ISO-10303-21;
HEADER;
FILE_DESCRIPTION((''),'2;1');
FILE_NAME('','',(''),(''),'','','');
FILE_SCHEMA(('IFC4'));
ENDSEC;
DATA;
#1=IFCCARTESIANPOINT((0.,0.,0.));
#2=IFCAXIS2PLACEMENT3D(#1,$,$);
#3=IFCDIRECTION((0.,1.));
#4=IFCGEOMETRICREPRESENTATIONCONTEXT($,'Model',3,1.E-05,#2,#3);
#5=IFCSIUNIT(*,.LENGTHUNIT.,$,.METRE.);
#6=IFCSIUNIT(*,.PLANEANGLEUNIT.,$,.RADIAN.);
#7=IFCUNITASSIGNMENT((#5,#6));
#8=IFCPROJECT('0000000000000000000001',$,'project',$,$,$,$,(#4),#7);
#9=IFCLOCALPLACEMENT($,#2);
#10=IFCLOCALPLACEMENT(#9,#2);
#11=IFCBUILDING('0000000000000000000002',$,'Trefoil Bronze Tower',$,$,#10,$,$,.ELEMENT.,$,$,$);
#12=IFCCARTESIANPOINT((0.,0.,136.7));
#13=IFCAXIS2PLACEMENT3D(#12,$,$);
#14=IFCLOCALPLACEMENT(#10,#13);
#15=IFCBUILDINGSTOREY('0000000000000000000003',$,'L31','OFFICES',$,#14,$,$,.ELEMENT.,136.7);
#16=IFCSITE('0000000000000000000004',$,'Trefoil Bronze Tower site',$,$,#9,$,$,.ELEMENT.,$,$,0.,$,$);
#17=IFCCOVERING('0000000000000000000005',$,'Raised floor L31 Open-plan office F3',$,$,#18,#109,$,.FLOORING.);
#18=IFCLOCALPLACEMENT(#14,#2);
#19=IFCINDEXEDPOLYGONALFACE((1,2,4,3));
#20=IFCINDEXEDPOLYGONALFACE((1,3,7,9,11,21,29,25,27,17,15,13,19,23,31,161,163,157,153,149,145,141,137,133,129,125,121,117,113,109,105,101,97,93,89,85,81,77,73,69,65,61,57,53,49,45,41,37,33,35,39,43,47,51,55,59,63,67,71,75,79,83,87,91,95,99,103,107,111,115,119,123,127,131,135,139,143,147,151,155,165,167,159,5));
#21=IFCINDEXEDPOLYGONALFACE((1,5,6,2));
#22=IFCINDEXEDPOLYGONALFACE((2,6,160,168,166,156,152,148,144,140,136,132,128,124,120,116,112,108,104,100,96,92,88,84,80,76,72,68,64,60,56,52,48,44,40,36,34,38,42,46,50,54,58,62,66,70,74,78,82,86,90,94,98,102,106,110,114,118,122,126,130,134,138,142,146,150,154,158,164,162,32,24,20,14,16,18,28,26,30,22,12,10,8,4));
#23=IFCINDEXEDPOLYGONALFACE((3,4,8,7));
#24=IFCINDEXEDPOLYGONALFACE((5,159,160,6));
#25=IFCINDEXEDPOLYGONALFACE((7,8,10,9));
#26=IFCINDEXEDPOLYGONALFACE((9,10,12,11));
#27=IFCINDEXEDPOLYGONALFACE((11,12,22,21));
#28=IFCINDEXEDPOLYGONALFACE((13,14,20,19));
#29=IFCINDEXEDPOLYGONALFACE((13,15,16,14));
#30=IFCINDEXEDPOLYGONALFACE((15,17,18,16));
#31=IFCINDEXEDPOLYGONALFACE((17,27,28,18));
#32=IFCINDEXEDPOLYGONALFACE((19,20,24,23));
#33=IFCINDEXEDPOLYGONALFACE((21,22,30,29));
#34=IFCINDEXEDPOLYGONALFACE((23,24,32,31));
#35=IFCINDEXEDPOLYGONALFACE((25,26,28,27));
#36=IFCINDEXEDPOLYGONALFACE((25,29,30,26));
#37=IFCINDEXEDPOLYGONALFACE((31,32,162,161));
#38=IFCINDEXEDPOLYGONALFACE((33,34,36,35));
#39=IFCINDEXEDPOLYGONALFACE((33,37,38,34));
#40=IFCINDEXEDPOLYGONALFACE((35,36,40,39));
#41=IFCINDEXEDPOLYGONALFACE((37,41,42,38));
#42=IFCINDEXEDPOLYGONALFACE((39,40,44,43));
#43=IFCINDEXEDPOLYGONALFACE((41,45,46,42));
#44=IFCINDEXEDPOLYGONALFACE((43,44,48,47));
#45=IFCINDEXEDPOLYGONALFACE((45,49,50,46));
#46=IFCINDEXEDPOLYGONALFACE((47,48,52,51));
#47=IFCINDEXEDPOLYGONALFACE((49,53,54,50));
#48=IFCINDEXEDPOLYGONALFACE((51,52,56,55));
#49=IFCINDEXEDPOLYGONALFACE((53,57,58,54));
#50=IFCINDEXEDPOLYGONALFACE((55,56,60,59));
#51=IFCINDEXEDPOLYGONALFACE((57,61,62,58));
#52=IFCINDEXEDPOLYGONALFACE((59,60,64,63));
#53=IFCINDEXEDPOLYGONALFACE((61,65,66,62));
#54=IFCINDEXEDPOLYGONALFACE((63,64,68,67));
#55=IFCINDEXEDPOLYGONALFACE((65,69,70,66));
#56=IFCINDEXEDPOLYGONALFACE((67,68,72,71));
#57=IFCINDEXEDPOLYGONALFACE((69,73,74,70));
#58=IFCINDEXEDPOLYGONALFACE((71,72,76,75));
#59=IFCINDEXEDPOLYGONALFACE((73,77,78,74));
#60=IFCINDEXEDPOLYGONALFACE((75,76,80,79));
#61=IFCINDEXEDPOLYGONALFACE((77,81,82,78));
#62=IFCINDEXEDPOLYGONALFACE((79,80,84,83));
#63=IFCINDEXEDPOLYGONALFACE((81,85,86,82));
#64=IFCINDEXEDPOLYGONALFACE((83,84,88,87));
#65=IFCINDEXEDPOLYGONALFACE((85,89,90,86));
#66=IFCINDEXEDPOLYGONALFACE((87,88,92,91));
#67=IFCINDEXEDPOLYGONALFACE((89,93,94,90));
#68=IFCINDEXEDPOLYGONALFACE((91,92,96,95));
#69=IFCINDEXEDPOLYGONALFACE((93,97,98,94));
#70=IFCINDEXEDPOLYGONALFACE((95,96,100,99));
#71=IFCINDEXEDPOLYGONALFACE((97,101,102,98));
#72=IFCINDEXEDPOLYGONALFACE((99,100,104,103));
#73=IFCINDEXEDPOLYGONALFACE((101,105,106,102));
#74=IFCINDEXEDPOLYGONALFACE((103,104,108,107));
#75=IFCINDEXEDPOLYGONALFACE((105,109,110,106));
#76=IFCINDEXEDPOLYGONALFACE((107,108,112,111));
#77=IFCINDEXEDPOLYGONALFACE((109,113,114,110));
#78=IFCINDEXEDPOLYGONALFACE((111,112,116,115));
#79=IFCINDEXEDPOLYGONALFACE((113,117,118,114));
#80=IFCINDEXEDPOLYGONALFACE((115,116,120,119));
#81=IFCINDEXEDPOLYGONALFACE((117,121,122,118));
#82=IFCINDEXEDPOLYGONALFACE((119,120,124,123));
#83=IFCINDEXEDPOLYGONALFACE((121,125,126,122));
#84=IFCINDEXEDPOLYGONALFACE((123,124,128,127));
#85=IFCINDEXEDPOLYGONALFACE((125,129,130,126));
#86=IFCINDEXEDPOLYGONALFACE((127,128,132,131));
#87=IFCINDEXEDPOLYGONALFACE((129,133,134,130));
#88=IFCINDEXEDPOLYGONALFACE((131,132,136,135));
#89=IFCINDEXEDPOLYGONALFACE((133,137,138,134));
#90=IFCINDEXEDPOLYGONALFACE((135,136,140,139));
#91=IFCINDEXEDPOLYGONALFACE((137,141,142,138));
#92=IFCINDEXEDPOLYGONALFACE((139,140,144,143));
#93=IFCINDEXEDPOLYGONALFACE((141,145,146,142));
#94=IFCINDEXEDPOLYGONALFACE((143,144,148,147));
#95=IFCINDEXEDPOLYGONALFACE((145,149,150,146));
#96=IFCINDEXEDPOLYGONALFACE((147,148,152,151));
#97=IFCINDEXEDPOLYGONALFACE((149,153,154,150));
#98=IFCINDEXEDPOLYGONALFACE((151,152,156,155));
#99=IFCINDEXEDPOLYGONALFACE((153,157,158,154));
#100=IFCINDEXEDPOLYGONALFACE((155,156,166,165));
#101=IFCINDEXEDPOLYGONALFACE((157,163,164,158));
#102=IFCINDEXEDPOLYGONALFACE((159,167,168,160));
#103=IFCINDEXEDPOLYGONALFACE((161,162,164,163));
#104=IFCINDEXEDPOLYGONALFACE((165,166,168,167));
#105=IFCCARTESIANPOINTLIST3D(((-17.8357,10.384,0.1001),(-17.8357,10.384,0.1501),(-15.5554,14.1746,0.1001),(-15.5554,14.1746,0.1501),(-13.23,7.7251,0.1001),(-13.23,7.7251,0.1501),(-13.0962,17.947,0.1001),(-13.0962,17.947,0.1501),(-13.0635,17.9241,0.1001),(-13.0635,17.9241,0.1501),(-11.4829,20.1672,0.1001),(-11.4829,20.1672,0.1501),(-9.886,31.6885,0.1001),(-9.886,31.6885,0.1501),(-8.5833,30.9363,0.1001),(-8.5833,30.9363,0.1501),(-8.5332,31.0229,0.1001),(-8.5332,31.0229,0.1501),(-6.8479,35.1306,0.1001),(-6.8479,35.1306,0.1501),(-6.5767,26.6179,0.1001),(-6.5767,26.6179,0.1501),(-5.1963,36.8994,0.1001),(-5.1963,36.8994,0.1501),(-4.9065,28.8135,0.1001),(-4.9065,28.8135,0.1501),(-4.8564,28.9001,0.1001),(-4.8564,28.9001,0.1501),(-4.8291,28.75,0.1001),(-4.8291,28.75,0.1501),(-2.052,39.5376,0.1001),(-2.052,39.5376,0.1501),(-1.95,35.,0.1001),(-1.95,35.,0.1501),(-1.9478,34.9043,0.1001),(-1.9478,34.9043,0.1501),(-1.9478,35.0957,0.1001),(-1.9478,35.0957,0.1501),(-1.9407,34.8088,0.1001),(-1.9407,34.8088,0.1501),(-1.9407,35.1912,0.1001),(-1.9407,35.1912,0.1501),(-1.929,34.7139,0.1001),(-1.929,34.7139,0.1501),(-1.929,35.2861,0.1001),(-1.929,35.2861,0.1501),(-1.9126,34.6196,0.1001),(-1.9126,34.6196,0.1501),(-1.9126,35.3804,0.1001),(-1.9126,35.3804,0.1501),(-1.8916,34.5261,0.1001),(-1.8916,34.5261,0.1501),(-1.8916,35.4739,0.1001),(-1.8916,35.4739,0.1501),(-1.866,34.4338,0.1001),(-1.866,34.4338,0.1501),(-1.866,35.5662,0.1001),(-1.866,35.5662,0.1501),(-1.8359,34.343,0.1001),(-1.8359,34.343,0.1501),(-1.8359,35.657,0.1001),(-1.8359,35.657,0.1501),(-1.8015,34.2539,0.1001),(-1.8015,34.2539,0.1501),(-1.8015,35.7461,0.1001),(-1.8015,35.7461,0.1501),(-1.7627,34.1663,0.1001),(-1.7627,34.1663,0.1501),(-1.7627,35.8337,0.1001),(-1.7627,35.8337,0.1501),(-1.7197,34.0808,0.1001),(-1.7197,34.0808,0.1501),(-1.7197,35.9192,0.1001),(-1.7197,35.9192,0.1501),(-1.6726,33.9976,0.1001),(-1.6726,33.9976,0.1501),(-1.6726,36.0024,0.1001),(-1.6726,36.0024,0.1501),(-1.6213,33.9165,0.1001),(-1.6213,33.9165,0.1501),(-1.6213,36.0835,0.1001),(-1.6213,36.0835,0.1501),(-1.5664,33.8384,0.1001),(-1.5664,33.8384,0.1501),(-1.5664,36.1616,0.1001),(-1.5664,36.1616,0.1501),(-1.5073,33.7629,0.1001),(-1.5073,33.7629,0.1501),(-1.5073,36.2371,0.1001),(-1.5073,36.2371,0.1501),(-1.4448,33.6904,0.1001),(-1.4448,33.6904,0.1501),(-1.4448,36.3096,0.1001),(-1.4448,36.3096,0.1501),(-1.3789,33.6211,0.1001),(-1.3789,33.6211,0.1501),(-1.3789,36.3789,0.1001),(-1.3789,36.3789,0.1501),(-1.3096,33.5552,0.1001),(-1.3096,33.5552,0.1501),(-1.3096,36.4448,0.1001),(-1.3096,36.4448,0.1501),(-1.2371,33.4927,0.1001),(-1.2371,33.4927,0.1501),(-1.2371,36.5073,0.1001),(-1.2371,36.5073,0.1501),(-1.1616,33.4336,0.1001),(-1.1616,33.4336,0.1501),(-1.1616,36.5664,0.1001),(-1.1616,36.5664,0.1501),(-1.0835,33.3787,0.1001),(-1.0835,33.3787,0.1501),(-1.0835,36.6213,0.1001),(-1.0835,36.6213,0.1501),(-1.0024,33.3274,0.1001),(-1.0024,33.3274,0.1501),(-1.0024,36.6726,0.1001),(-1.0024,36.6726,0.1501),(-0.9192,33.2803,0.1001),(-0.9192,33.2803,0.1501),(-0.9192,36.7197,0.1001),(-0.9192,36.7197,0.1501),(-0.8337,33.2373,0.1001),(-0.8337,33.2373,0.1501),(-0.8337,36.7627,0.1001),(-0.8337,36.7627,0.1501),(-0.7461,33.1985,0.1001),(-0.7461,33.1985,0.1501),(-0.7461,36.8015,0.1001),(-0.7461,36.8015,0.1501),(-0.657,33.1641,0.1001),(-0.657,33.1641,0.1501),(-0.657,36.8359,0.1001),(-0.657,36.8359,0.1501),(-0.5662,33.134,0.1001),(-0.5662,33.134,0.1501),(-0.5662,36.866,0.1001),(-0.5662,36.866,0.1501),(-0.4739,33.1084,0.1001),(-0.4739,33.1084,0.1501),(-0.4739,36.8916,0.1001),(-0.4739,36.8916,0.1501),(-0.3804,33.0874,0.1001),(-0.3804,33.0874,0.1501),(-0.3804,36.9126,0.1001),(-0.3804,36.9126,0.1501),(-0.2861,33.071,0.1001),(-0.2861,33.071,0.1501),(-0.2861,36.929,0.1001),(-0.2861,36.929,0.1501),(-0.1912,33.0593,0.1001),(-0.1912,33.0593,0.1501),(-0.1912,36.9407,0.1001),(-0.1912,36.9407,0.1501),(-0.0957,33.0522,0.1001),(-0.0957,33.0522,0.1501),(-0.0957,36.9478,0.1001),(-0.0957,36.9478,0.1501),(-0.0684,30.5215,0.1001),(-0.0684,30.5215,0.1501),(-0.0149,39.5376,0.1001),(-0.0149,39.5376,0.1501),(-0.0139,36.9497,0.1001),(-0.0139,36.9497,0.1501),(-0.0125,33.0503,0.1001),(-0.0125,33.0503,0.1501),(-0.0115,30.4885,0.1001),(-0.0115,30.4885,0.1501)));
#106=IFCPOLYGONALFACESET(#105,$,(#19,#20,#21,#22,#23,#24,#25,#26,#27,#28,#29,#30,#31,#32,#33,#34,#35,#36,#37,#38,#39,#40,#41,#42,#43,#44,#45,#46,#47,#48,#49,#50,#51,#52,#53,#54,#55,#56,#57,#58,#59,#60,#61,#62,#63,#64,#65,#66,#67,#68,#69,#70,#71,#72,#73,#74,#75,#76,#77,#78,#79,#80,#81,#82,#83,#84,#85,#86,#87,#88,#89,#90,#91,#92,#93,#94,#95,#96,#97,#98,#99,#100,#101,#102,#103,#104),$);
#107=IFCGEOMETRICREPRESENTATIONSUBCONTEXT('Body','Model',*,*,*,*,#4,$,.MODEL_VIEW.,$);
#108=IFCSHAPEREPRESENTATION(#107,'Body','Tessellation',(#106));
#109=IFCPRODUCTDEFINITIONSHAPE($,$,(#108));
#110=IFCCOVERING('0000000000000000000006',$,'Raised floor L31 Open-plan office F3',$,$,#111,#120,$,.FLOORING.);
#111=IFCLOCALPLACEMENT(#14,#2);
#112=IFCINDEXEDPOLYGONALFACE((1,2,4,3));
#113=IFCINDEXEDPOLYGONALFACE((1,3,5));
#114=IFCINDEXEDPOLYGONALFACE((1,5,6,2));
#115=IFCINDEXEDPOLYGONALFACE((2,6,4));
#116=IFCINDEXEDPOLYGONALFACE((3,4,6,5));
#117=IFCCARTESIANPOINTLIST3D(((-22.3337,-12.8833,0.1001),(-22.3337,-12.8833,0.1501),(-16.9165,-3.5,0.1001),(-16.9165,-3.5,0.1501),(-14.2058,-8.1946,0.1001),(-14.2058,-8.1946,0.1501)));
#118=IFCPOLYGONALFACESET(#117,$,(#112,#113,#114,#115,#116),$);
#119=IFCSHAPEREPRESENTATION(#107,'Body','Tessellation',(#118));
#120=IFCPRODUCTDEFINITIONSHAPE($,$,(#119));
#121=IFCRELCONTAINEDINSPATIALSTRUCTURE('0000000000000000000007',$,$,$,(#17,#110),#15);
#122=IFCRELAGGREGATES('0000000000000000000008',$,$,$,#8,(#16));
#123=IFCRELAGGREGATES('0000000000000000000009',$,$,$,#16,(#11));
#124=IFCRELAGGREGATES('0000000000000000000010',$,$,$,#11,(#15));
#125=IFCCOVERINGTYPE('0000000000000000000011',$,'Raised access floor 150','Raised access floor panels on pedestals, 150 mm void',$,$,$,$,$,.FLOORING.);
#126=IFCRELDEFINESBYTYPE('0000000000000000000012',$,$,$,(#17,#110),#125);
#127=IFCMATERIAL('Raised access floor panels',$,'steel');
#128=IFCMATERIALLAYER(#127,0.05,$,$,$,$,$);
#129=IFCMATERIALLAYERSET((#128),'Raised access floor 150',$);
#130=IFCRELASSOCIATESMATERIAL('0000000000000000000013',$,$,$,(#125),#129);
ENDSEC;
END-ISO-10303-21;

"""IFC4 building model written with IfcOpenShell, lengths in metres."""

from ifc_helpers import new_model, si_unit, direction, frame, origin, place, context, subcontext, project, spatial, polyline, outline, extrude, material, layer, layer_set, type_object, element, save


model = new_model("IFC4")

# Units and contexts
model_context = context("Model", 3, precision=1e-05, world=origin(), true_north=direction((0.0, 1.0)))
body_context = subcontext(model_context, "Body", "Model", "MODEL_VIEW")
ifc_project = project(units=[si_unit("LENGTHUNIT", "METRE"), si_unit("PLANEANGLEUNIT", "RADIAN")], contexts=[model_context])

# Site, building, storey
site_placement = place(None, origin())
site = spatial("IfcSite", under=ifc_project, at=site_placement, Name="Trefoil Bronze Tower site", CompositionType="ELEMENT", RefElevation=0.0)
building_placement = place(site_placement, origin())
building = spatial("IfcBuilding", under=site, at=building_placement, Name="Trefoil Bronze Tower", CompositionType="ELEMENT")
storey_placement = place(building_placement, frame((0.0, 0.0, 136.7)))
storey = spatial("IfcBuildingStorey", under=building, at=storey_placement, Name="L31", Description="OFFICES", CompositionType="ELEMENT", Elevation=136.7)

# Coverings
ifc_material_1 = material(Name="Raised access floor panels", Category="steel")
ifc_layer_1 = layer(ifc_material_1, 0.05)
ifc_layer_set_1 = layer_set([ifc_layer_1], Name="Raised access floor 150")
covering_type = type_object("IfcCoveringType", Name="Raised access floor 150", Description="Raised access floor panels on pedestals, 150 mm void", PredefinedType="FLOORING", material=ifc_layer_set_1)
covering_1_placement = place(storey_placement, frame((0.0, 0.0, 0.1001)))
element("IfcCovering", 1, at=covering_1_placement, inside=storey, type_object=covering_type, Name="Raised floor L31 Open-plan office F3", PredefinedType="FLOORING", context=body_context, shape_type="SweptSolid", body=[
    extrude(outline(polyline([(-6.8479, 35.1306), (-5.1963, 36.8994), (-2.052, 39.5376), (-0.0149, 39.5376), (-0.0139, 36.9497), (-0.0957, 36.9478), (-0.1912, 36.9407), (-0.2861, 36.929), (-0.3804, 36.9126), (-0.4739, 36.8916), (-0.5662, 36.866), (-0.657, 36.8359), (-0.7461, 36.8015), (-0.8337, 36.7627), (-0.9192, 36.7197), (-1.0024, 36.6726), (-1.0835, 36.6213), (-1.1616, 36.5664), (-1.2371, 36.5073), (-1.3096, 36.4448), (-1.3789, 36.3789), (-1.4448, 36.3096), (-1.5073, 36.2371), (-1.5664, 36.1616), (-1.6213, 36.0835), (-1.6726, 36.0024), (-1.7197, 35.9192), (-1.7627, 35.8337), (-1.8015, 35.7461), (-1.8359, 35.657), (-1.866, 35.5662), (-1.8916, 35.4739), (-1.9126, 35.3804), (-1.929, 35.2861), (-1.9407, 35.1912), (-1.9478, 35.0957), (-1.95, 35.0), (-1.9478, 34.9043), (-1.9407, 34.8088), (-1.929, 34.7139), (-1.9126, 34.6196), (-1.8916, 34.5261), (-1.866, 34.4338), (-1.8359, 34.343), (-1.8015, 34.2539), (-1.7627, 34.1663), (-1.7197, 34.0808), (-1.6726, 33.9976), (-1.6213, 33.9165), (-1.5664, 33.8384), (-1.5073, 33.7629), (-1.4448, 33.6904), (-1.3789, 33.6211), (-1.3096, 33.5552), (-1.2371, 33.4927), (-1.1616, 33.4336), (-1.0835, 33.3787), (-1.0024, 33.3274), (-0.9192, 33.2803), (-0.8337, 33.2373), (-0.7461, 33.1985), (-0.657, 33.1641), (-0.5662, 33.134), (-0.4739, 33.1084), (-0.3804, 33.0874), (-0.2861, 33.071), (-0.1912, 33.0593), (-0.0957, 33.0522), (-0.0125, 33.0503), (-0.0115, 30.4885), (-0.0684, 30.5215), (-13.23, 7.7251), (-17.8357, 10.384), (-15.5554, 14.1746), (-13.0962, 17.947), (-13.0635, 17.9241), (-11.4829, 20.1672), (-6.5767, 26.6179), (-4.8291, 28.75), (-4.9065, 28.8135), (-4.8564, 28.9001), (-8.5332, 31.0229), (-8.5833, 30.9363), (-9.886, 31.6885), (-6.8479, 35.1306)])), origin(), (0.0, 0.0, 1.0), 0.05),
])
covering_2_placement = place(storey_placement, frame((0.0, 0.0, 0.1001)))
element("IfcCovering", 2, at=covering_2_placement, inside=storey, type_object=covering_type, Name="Raised floor L31 Open-plan office F3", PredefinedType="FLOORING", context=body_context, shape_type="SweptSolid", body=[
    extrude(outline(polyline([(-14.2058, -8.1946), (-22.3337, -12.8833), (-16.9165, -3.5), (-14.2058, -8.1946)])), origin(), (0.0, 0.0, 1.0), 0.05),
])

save(model, "model.ifc")
